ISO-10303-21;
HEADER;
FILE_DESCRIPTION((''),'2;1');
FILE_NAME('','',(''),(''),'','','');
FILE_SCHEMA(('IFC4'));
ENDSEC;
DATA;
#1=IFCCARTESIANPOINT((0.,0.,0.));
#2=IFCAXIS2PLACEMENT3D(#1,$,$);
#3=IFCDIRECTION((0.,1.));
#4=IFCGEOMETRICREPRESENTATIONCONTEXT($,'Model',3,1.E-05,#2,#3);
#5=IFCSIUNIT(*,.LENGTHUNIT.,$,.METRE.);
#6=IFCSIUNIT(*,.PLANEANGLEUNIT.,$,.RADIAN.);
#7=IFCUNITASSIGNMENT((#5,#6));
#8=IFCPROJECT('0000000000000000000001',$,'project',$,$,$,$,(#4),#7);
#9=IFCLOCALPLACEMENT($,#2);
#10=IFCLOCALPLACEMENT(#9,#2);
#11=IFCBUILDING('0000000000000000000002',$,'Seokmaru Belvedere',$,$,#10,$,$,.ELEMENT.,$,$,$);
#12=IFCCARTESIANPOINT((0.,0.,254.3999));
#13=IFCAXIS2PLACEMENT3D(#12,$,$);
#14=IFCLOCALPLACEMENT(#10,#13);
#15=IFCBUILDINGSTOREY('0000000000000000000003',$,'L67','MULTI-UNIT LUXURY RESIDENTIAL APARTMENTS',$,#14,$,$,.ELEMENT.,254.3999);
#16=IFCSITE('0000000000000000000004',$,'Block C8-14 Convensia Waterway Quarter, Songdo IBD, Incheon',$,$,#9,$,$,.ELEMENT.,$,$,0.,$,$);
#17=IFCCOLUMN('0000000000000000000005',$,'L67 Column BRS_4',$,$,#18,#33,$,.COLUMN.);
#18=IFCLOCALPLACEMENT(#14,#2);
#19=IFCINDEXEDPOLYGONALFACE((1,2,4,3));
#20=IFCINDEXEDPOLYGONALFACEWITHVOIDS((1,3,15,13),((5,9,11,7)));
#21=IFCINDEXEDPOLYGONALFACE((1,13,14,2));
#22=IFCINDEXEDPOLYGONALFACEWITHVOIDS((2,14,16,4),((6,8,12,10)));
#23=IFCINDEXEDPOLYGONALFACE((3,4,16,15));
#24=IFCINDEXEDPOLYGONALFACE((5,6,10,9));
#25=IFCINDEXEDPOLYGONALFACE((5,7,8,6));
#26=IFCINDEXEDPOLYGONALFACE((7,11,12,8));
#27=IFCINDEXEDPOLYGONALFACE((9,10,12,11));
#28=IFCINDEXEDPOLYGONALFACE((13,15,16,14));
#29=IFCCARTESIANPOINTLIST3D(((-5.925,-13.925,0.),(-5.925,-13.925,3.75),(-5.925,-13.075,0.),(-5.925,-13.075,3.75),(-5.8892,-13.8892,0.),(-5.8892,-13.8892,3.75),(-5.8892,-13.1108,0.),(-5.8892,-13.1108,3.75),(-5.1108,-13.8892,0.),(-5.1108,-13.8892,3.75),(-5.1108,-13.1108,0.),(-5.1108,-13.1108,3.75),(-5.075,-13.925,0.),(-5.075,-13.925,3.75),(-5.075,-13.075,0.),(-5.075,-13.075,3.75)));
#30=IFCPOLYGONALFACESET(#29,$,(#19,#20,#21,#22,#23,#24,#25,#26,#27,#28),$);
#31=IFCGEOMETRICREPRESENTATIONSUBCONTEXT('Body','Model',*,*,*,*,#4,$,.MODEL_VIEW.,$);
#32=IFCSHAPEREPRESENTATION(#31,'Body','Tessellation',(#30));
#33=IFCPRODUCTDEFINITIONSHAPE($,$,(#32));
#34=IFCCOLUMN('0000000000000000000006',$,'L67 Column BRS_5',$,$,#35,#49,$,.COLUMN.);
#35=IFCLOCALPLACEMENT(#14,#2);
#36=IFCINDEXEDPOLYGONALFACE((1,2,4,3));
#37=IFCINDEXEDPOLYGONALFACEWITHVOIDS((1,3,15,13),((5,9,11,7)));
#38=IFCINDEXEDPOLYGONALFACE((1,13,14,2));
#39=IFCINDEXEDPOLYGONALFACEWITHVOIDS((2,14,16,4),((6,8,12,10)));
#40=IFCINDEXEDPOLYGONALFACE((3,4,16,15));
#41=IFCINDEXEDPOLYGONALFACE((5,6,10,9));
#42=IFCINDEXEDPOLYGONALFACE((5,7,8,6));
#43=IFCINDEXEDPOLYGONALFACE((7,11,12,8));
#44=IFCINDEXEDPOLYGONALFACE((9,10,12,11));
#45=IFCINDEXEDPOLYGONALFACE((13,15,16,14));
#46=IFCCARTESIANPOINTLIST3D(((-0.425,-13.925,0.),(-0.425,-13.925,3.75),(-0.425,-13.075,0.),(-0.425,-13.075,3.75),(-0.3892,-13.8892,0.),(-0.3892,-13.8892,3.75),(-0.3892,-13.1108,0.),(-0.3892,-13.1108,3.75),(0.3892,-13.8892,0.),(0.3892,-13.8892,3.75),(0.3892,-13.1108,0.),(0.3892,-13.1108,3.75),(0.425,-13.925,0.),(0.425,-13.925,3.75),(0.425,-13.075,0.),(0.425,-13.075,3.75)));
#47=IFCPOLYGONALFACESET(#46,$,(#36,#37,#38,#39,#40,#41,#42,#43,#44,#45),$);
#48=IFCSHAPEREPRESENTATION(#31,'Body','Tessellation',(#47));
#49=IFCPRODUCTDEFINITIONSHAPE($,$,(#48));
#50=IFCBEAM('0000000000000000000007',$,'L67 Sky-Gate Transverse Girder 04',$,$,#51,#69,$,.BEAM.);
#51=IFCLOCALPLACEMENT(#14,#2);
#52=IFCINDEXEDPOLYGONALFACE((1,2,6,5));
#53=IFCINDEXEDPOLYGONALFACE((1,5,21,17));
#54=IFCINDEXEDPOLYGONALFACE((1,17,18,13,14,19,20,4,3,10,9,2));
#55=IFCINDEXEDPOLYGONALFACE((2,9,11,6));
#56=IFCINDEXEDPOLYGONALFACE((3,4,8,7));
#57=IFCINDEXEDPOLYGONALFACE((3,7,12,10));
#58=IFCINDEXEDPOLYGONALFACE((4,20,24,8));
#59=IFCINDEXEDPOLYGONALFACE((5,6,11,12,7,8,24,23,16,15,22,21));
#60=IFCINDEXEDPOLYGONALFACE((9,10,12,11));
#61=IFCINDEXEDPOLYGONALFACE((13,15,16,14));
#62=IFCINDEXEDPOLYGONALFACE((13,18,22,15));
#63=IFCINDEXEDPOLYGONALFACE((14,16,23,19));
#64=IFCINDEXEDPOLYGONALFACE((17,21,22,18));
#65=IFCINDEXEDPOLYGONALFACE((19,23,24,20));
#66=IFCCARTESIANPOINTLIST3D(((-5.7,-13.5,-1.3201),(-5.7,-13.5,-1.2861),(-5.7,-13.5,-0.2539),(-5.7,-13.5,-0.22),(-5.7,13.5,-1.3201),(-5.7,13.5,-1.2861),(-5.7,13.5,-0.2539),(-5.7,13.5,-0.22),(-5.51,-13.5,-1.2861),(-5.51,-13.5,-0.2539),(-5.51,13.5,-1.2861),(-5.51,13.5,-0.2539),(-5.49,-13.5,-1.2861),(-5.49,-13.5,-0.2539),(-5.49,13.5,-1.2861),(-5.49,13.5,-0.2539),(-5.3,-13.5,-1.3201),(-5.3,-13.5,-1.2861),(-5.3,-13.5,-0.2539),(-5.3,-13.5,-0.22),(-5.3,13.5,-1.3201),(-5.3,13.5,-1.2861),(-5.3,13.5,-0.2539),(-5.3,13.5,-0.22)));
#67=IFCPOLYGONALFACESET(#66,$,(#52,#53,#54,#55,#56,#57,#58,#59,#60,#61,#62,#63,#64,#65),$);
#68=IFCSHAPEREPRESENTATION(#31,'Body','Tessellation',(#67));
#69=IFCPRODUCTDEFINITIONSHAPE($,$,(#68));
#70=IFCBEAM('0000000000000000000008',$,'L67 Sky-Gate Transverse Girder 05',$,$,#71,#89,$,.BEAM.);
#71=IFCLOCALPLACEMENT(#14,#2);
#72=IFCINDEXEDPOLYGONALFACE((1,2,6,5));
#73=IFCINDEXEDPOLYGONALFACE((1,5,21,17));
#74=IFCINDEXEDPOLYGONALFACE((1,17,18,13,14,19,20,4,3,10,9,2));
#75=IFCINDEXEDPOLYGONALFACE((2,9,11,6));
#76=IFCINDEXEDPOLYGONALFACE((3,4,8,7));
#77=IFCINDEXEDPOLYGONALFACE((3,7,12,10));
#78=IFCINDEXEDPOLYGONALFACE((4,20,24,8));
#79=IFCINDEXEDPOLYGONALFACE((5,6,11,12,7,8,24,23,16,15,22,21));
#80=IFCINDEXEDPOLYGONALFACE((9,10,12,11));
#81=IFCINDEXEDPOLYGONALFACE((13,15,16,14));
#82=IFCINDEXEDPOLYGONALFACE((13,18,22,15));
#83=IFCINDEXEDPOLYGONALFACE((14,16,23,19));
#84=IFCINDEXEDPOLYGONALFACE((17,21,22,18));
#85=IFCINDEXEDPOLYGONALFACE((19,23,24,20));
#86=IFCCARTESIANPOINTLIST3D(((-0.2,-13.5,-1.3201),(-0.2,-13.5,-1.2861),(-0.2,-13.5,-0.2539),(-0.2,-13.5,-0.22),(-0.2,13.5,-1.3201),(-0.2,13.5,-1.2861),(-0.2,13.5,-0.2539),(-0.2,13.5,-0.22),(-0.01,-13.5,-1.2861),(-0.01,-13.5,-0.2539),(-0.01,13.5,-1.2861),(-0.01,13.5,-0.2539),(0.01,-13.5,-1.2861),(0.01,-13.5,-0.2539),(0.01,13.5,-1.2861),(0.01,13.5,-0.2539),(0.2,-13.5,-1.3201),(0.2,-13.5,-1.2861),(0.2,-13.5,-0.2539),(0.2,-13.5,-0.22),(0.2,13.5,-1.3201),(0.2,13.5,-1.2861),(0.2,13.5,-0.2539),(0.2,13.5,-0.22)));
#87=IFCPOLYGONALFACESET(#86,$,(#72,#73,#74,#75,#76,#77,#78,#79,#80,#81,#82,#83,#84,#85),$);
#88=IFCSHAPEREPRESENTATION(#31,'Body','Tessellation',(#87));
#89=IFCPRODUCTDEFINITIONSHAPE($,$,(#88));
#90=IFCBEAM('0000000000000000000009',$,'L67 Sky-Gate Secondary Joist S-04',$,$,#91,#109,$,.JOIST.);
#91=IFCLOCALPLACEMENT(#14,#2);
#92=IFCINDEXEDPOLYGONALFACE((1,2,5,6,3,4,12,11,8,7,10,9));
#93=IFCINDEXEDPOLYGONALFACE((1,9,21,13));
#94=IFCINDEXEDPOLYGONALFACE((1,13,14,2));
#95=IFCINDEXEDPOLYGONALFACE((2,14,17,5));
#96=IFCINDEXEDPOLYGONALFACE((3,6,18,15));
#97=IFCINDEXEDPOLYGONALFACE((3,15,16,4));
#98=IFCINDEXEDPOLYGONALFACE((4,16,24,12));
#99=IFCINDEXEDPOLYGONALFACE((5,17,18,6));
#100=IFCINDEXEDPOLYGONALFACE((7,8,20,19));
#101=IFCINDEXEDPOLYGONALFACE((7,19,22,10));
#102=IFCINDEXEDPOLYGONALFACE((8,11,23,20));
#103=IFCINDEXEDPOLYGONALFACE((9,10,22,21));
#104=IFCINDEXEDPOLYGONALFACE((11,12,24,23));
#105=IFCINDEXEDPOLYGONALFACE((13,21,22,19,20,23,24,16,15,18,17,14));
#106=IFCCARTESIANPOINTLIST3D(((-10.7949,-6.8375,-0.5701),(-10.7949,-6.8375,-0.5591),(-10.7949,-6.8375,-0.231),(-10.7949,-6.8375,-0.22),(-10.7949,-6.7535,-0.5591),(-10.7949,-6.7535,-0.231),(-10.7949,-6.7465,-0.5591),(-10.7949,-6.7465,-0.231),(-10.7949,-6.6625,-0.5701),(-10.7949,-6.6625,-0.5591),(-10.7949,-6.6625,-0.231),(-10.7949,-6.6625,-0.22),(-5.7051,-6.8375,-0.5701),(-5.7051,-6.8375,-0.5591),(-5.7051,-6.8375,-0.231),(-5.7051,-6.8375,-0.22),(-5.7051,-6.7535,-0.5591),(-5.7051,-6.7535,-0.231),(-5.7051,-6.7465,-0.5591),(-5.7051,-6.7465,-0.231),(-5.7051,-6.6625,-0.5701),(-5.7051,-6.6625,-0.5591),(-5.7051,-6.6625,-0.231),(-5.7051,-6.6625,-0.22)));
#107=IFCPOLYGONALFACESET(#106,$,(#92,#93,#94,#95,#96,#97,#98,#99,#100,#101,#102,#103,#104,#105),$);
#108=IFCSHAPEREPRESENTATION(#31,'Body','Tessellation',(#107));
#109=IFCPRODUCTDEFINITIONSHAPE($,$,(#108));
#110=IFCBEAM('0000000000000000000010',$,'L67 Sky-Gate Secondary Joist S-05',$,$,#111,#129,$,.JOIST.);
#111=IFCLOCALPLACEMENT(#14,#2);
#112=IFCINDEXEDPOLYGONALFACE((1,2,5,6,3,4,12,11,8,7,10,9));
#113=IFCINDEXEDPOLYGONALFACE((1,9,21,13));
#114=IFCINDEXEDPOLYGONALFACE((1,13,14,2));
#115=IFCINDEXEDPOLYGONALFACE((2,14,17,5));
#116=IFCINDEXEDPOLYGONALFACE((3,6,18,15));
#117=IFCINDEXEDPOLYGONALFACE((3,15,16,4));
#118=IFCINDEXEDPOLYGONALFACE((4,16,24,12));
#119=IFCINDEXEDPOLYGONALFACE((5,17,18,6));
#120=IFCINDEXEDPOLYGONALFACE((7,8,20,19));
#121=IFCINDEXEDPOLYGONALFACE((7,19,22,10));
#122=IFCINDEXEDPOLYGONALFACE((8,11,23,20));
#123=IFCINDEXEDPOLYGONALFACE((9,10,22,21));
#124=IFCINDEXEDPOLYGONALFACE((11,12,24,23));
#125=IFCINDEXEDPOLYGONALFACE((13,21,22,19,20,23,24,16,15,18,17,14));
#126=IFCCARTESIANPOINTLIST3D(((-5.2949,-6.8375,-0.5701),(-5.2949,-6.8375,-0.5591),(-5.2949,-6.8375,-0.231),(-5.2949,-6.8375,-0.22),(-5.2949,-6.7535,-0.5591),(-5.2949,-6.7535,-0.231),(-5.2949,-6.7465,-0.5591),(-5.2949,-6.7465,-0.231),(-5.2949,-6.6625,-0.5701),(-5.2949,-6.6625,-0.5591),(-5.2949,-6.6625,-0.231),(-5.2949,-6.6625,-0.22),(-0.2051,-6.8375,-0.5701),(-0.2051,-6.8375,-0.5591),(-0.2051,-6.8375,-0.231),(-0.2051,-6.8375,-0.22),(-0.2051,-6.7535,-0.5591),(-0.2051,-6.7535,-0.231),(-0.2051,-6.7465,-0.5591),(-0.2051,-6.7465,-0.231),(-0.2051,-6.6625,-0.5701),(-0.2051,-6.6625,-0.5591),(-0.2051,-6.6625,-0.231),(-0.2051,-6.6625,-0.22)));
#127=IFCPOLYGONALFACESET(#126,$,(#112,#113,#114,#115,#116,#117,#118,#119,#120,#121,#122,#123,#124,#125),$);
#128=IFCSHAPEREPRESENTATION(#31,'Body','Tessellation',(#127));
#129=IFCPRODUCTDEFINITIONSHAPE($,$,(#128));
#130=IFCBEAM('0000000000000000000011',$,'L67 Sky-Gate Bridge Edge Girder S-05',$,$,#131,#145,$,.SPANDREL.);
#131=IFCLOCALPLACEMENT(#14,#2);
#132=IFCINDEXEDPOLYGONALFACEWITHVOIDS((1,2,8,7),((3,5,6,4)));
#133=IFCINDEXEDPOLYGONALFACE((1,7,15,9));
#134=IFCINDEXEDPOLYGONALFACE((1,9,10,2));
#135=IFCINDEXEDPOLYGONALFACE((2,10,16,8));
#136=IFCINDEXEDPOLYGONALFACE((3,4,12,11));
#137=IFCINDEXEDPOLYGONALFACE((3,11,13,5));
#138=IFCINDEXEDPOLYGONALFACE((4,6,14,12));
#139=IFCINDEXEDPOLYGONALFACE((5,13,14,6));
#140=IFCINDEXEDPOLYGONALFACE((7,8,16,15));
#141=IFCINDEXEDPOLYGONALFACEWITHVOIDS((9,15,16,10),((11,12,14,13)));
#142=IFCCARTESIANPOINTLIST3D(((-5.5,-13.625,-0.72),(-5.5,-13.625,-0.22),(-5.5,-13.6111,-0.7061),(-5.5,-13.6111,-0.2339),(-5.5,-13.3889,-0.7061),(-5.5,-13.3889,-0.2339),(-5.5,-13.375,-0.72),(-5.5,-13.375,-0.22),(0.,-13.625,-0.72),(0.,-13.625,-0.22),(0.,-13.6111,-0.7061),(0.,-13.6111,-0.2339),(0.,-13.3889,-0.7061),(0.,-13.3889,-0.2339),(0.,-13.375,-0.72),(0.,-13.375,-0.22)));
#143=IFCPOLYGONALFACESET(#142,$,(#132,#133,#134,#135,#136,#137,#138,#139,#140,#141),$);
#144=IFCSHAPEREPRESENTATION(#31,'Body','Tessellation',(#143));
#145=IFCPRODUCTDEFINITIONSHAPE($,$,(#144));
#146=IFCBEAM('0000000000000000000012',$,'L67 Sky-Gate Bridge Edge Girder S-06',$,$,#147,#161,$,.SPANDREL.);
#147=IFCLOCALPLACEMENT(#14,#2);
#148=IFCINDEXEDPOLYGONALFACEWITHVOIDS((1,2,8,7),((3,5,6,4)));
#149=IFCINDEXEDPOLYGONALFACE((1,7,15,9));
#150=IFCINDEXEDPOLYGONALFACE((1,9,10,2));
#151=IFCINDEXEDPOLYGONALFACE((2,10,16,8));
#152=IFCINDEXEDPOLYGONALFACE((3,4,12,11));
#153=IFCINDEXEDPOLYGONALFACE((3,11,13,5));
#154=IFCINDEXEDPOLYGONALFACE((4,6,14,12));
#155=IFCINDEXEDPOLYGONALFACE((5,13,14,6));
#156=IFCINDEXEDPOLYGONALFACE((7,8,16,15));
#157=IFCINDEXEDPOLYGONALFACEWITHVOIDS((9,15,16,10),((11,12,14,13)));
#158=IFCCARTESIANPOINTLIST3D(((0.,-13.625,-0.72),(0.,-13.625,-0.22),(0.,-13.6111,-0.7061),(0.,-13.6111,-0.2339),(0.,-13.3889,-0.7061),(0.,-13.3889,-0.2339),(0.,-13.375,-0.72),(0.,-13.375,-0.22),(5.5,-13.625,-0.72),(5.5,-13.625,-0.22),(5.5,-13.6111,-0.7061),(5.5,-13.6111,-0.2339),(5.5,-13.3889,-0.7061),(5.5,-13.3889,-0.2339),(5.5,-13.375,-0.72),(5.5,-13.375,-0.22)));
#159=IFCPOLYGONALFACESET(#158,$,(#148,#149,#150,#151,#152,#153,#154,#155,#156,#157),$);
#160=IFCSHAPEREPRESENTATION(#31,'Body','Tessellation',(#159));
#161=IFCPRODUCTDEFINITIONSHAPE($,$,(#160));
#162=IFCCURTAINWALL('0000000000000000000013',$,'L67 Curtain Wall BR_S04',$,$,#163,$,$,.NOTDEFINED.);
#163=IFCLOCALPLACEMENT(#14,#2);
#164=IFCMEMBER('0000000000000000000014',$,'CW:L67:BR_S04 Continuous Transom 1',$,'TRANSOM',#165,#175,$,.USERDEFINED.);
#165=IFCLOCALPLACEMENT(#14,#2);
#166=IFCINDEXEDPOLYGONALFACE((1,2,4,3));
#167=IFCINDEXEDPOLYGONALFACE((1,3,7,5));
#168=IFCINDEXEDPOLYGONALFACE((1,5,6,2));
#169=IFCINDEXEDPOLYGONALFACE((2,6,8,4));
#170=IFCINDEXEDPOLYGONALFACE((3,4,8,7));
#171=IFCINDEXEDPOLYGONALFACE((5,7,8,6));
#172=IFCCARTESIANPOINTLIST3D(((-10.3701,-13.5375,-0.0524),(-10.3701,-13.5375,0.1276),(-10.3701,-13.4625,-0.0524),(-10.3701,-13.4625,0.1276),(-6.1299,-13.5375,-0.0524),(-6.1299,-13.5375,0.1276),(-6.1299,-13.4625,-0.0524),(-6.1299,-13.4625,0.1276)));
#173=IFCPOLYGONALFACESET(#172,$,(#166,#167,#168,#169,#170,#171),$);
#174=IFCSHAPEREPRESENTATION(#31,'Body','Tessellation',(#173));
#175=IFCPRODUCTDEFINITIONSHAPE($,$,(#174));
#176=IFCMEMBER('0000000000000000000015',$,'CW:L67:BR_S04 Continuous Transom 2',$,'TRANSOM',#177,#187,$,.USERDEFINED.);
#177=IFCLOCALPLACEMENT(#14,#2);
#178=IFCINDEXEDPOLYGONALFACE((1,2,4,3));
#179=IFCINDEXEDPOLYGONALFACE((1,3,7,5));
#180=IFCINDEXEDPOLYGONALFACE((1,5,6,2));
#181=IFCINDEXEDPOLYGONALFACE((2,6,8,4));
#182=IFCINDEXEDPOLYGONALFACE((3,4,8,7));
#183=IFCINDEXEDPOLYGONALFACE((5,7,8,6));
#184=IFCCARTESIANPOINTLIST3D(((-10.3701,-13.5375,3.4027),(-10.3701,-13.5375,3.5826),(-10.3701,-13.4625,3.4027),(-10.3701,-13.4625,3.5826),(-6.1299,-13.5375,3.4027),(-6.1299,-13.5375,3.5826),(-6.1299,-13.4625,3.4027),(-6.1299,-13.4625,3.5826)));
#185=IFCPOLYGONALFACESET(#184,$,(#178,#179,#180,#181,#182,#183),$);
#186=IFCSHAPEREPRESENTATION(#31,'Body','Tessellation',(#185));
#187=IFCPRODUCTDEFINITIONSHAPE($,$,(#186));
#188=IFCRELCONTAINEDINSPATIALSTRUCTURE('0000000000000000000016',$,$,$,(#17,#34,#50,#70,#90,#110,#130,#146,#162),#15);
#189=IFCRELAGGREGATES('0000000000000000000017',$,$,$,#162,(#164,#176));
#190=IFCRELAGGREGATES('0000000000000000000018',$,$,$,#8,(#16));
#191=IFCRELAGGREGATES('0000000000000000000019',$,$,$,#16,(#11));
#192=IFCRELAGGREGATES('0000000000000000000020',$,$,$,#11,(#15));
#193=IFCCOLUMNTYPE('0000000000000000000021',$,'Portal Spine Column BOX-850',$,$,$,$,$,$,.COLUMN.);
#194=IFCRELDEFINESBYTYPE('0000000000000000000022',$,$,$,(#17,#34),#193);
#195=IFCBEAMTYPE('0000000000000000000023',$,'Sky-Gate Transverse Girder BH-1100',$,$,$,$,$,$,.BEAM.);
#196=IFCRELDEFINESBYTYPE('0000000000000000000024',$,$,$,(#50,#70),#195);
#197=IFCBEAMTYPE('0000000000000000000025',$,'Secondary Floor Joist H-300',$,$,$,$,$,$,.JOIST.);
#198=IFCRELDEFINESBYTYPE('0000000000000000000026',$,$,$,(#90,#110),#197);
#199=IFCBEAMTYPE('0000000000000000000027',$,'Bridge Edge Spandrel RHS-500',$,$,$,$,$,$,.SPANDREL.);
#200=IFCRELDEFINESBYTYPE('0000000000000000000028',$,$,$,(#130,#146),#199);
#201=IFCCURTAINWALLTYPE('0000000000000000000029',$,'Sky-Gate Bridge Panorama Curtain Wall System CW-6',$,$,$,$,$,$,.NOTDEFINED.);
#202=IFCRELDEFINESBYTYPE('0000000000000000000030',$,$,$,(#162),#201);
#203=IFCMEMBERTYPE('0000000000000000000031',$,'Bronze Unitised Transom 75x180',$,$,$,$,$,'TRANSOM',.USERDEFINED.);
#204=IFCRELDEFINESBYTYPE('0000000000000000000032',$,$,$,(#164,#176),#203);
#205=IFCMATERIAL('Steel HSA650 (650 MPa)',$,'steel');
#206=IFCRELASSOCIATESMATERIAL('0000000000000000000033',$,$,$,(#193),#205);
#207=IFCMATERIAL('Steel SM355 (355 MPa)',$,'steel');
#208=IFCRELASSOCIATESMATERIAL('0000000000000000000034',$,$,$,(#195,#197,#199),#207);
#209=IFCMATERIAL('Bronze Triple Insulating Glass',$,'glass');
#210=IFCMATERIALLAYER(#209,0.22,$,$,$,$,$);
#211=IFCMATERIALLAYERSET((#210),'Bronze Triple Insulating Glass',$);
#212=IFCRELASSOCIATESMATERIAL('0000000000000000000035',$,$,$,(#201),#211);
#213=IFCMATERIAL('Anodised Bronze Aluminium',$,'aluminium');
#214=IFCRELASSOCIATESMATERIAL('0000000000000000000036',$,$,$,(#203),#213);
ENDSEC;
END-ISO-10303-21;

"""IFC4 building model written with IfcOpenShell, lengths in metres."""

from ifc_helpers import new_model, si_unit, direction, frame, origin, origin_2d, place, context, subcontext, project, spatial, rectangle, hollow_rectangle, i_section, extrude, source, transform, mapped, material, layer, layer_set, material_profile, profile_set, type_object, type_shapes, element, aggregate, save


model = new_model("IFC4")

# Units and contexts
model_context = context("Model", 3, precision=1e-05, world=origin(), true_north=direction((0.0, 1.0)))
body_context = subcontext(model_context, "Body", "Model", "MODEL_VIEW")
ifc_project = project(units=[si_unit("LENGTHUNIT", "METRE"), si_unit("PLANEANGLEUNIT", "RADIAN")], contexts=[model_context])

# Site, building, storey
site_placement = place(None, origin())
site = spatial("IfcSite", under=ifc_project, at=site_placement, Name="Block C8-14 Convensia Waterway Quarter, Songdo IBD, Incheon", CompositionType="ELEMENT", RefElevation=0.0)
building_placement = place(site_placement, origin())
building = spatial("IfcBuilding", under=site, at=building_placement, Name="Seokmaru Belvedere", CompositionType="ELEMENT")
storey_placement = place(building_placement, frame((0.0, 0.0, 254.3999)))
storey = spatial("IfcBuildingStorey", under=building, at=storey_placement, Name="L67", Description="MULTI-UNIT LUXURY RESIDENTIAL APARTMENTS", CompositionType="ELEMENT", Elevation=254.3999)

# Columns
ifc_material_1 = material(Name="Steel HSA650 (650 MPa)", Category="steel")
ifc_material_profile_1 = material_profile(ifc_material_1, hollow_rectangle(XDim=0.8501, YDim=0.8501, WallThickness=0.0359, at=origin_2d()), Name="BOX-850x850x36")
ifc_profile_set_1 = profile_set([ifc_material_profile_1], Name="Steel HSA650 (650 MPa)")
column_type = type_object("IfcColumnType", Name="Portal Spine Column BOX-850", PredefinedType="COLUMN", material=ifc_profile_set_1)
shared_shape_1 = source(origin(), body_context, "Body", "SweptSolid", [
    extrude(hollow_rectangle(XDim=0.8501, YDim=0.8501, WallThickness=0.0359, at=origin_2d()), origin(), (0.0, 0.0, 1.0), 3.75),
])
type_shapes(column_type, [shared_shape_1])
for number, where, z_axis, x_axis, name in (
    (1, (-5.5, -13.5, 0.0), (0.0, 0.0, 1.0), (1.0, 0.0, 0.0), "L67 Column BRS_4"),
    (2, (0.0, -13.5, 0.0), (0.0, 0.0, 1.0), (1.0, 0.0, 0.0), "L67 Column BRS_5"),
):
    element("IfcColumn", number, at=place(storey_placement, frame(where, z_axis=z_axis, x_axis=x_axis)), inside=storey, type_object=column_type, Name=name, PredefinedType="COLUMN", context=body_context, shape_type="MappedRepresentation", body=[
        mapped(shared_shape_1, transform((0.0, 0.0, 0.0), scale=1.0)),
    ])

# Beams
ifc_material_2 = material(Name="Steel SM355 (355 MPa)", Category="steel")
ifc_material_profile_2 = material_profile(ifc_material_2, i_section(OverallWidth=0.3999, OverallDepth=1.1001, WebThickness=0.02, FlangeThickness=0.0339, at=origin_2d()), Name="BH-1100x400x20x34")
ifc_profile_set_2 = profile_set([ifc_material_profile_2], Name="Steel SM355 (355 MPa)")
beam_type_1 = type_object("IfcBeamType", Name="Sky-Gate Transverse Girder BH-1100", PredefinedType="BEAM", material=ifc_profile_set_2)
shared_shape_2 = source(origin(), body_context, "Body", "SweptSolid", [
    extrude(i_section(OverallWidth=0.3999, OverallDepth=1.1001, WebThickness=0.02, FlangeThickness=0.0339, at=origin_2d()), origin(), (0.0, 0.0, 1.0), 27.0),
])
type_shapes(beam_type_1, [shared_shape_2])
for number, where, z_axis, x_axis, name in (
    (3, (-5.5, -13.5, -0.77), (0.0, 1.0, 0.0), (-1.0, 0.0, 0.0), "L67 Sky-Gate Transverse Girder 04"),
    (4, (0.0, -13.5, -0.77), (0.0, 1.0, 0.0), (-1.0, 0.0, 0.0), "L67 Sky-Gate Transverse Girder 05"),
):
    element("IfcBeam", number, at=place(storey_placement, frame(where, z_axis=z_axis, x_axis=x_axis)), inside=storey, type_object=beam_type_1, Name=name, PredefinedType="BEAM", context=body_context, shape_type="MappedRepresentation", body=[
        mapped(shared_shape_2, transform((0.0, 0.0, 0.0), scale=1.0)),
    ])
ifc_material_profile_3 = material_profile(ifc_material_2, i_section(OverallWidth=0.175, OverallDepth=0.3501, WebThickness=0.0071, FlangeThickness=0.011, at=origin_2d()), Name="H-350x175x7x11")
ifc_profile_set_3 = profile_set([ifc_material_profile_3], Name="Steel SM355 (355 MPa)")
beam_type_2 = type_object("IfcBeamType", Name="Secondary Floor Joist H-300", PredefinedType="JOIST", material=ifc_profile_set_3)
shared_shape_3 = source(origin(), body_context, "Body", "SweptSolid", [
    extrude(i_section(OverallWidth=0.175, OverallDepth=0.3501, WebThickness=0.0071, FlangeThickness=0.011, at=origin_2d()), origin(), (0.0, 0.0, 1.0), 5.0898),
])
type_shapes(beam_type_2, [shared_shape_3])
for number, where, z_axis, x_axis, name in (
    (5, (-10.7949, -6.75, -0.395), (1.0, 0.0, 0.0), (0.0, 1.0, 0.0), "L67 Sky-Gate Secondary Joist S-04"),
    (6, (-5.2949, -6.75, -0.395), (1.0, 0.0, 0.0), (0.0, 1.0, 0.0), "L67 Sky-Gate Secondary Joist S-05"),
):
    element("IfcBeam", number, at=place(storey_placement, frame(where, z_axis=z_axis, x_axis=x_axis)), inside=storey, type_object=beam_type_2, Name=name, PredefinedType="JOIST", context=body_context, shape_type="MappedRepresentation", body=[
        mapped(shared_shape_3, transform((0.0, 0.0, 0.0), scale=1.0)),
    ])
ifc_material_profile_4 = material_profile(ifc_material_2, hollow_rectangle(XDim=0.25, YDim=0.5, WallThickness=0.0139, at=origin_2d()), Name="RHS-500x250x14")
ifc_profile_set_4 = profile_set([ifc_material_profile_4], Name="Steel SM355 (355 MPa)")
beam_type_3 = type_object("IfcBeamType", Name="Bridge Edge Spandrel RHS-500", PredefinedType="SPANDREL", material=ifc_profile_set_4)
shared_shape_4 = source(origin(), body_context, "Body", "SweptSolid", [
    extrude(hollow_rectangle(XDim=0.25, YDim=0.5, WallThickness=0.0139, at=origin_2d()), origin(), (0.0, 0.0, 1.0), 5.5),
])
type_shapes(beam_type_3, [shared_shape_4])
for number, where, z_axis, x_axis, name in (
    (7, (-5.5, -13.5, -0.47), (1.0, 0.0, 0.0), (0.0, 1.0, 0.0), "L67 Sky-Gate Bridge Edge Girder S-05"),
    (8, (0.0, -13.5, -0.47), (1.0, 0.0, 0.0), (0.0, 1.0, 0.0), "L67 Sky-Gate Bridge Edge Girder S-06"),
):
    element("IfcBeam", number, at=place(storey_placement, frame(where, z_axis=z_axis, x_axis=x_axis)), inside=storey, type_object=beam_type_3, Name=name, PredefinedType="SPANDREL", context=body_context, shape_type="MappedRepresentation", body=[
        mapped(shared_shape_4, transform((0.0, 0.0, 0.0), scale=1.0)),
    ])

# Curtain wall, members
ifc_material_3 = material(Name="Bronze Triple Insulating Glass", Category="glass")
ifc_layer_1 = layer(ifc_material_3, 0.22)
ifc_layer_set_1 = layer_set([ifc_layer_1], Name="Bronze Triple Insulating Glass")
curtain_wall_type = type_object("IfcCurtainWallType", Name="Sky-Gate Bridge Panorama Curtain Wall System CW-6", PredefinedType="NOTDEFINED", material=ifc_layer_set_1)
curtain_wall_1_placement = place(storey_placement, origin())
curtain_wall_1 = element("IfcCurtainWall", 9, at=curtain_wall_1_placement, inside=storey, type_object=curtain_wall_type, Name="L67 Curtain Wall BR_S04", PredefinedType="NOTDEFINED")
ifc_material_4 = material(Name="Anodised Bronze Aluminium", Category="aluminium")
ifc_material_profile_5 = material_profile(ifc_material_4, rectangle(XDim=0.075, YDim=0.1799, at=origin_2d()), Name="CW-T-75x180")
ifc_profile_set_5 = profile_set([ifc_material_profile_5], Name="Anodised Bronze Aluminium")
member_type_1 = type_object("IfcMemberType", Name="Bronze Unitised Transom 75x180", ElementType="TRANSOM", PredefinedType="USERDEFINED", material=ifc_profile_set_5)
shared_shape_5 = source(origin(), body_context, "Body", "SweptSolid", [
    extrude(rectangle(XDim=0.075, YDim=0.1799, at=origin_2d()), origin(), (0.0, 0.0, 1.0), 4.2402),
])
type_shapes(member_type_1, [shared_shape_5])
member_1_placement = place(storey_placement, frame((-10.3701, -13.5, 0.0376), z_axis=(1.0, 0.0, 0.0), x_axis=(0.0, 1.0, 0.0)))
member_1 = element("IfcMember", 10, at=member_1_placement, type_object=member_type_1, Name="CW:L67:BR_S04 Continuous Transom 1", ObjectType="TRANSOM", PredefinedType="USERDEFINED", context=body_context, shape_type="MappedRepresentation", body=[
    mapped(shared_shape_5, transform((0.0, 0.0, 0.0), scale=1.0)),
])
member_2_placement = place(storey_placement, frame((-10.3701, -13.5, 3.4927), z_axis=(1.0, 0.0, 0.0), x_axis=(0.0, 1.0, 0.0)))
member_2 = element("IfcMember", 11, at=member_2_placement, type_object=member_type_1, Name="CW:L67:BR_S04 Continuous Transom 2", ObjectType="TRANSOM", PredefinedType="USERDEFINED", context=body_context, shape_type="MappedRepresentation", body=[
    mapped(shared_shape_5, transform((0.0, 0.0, 0.0), scale=1.0)),
])

aggregate(curtain_wall_1, [member_1, member_2])

save(model, "model.ifc")
